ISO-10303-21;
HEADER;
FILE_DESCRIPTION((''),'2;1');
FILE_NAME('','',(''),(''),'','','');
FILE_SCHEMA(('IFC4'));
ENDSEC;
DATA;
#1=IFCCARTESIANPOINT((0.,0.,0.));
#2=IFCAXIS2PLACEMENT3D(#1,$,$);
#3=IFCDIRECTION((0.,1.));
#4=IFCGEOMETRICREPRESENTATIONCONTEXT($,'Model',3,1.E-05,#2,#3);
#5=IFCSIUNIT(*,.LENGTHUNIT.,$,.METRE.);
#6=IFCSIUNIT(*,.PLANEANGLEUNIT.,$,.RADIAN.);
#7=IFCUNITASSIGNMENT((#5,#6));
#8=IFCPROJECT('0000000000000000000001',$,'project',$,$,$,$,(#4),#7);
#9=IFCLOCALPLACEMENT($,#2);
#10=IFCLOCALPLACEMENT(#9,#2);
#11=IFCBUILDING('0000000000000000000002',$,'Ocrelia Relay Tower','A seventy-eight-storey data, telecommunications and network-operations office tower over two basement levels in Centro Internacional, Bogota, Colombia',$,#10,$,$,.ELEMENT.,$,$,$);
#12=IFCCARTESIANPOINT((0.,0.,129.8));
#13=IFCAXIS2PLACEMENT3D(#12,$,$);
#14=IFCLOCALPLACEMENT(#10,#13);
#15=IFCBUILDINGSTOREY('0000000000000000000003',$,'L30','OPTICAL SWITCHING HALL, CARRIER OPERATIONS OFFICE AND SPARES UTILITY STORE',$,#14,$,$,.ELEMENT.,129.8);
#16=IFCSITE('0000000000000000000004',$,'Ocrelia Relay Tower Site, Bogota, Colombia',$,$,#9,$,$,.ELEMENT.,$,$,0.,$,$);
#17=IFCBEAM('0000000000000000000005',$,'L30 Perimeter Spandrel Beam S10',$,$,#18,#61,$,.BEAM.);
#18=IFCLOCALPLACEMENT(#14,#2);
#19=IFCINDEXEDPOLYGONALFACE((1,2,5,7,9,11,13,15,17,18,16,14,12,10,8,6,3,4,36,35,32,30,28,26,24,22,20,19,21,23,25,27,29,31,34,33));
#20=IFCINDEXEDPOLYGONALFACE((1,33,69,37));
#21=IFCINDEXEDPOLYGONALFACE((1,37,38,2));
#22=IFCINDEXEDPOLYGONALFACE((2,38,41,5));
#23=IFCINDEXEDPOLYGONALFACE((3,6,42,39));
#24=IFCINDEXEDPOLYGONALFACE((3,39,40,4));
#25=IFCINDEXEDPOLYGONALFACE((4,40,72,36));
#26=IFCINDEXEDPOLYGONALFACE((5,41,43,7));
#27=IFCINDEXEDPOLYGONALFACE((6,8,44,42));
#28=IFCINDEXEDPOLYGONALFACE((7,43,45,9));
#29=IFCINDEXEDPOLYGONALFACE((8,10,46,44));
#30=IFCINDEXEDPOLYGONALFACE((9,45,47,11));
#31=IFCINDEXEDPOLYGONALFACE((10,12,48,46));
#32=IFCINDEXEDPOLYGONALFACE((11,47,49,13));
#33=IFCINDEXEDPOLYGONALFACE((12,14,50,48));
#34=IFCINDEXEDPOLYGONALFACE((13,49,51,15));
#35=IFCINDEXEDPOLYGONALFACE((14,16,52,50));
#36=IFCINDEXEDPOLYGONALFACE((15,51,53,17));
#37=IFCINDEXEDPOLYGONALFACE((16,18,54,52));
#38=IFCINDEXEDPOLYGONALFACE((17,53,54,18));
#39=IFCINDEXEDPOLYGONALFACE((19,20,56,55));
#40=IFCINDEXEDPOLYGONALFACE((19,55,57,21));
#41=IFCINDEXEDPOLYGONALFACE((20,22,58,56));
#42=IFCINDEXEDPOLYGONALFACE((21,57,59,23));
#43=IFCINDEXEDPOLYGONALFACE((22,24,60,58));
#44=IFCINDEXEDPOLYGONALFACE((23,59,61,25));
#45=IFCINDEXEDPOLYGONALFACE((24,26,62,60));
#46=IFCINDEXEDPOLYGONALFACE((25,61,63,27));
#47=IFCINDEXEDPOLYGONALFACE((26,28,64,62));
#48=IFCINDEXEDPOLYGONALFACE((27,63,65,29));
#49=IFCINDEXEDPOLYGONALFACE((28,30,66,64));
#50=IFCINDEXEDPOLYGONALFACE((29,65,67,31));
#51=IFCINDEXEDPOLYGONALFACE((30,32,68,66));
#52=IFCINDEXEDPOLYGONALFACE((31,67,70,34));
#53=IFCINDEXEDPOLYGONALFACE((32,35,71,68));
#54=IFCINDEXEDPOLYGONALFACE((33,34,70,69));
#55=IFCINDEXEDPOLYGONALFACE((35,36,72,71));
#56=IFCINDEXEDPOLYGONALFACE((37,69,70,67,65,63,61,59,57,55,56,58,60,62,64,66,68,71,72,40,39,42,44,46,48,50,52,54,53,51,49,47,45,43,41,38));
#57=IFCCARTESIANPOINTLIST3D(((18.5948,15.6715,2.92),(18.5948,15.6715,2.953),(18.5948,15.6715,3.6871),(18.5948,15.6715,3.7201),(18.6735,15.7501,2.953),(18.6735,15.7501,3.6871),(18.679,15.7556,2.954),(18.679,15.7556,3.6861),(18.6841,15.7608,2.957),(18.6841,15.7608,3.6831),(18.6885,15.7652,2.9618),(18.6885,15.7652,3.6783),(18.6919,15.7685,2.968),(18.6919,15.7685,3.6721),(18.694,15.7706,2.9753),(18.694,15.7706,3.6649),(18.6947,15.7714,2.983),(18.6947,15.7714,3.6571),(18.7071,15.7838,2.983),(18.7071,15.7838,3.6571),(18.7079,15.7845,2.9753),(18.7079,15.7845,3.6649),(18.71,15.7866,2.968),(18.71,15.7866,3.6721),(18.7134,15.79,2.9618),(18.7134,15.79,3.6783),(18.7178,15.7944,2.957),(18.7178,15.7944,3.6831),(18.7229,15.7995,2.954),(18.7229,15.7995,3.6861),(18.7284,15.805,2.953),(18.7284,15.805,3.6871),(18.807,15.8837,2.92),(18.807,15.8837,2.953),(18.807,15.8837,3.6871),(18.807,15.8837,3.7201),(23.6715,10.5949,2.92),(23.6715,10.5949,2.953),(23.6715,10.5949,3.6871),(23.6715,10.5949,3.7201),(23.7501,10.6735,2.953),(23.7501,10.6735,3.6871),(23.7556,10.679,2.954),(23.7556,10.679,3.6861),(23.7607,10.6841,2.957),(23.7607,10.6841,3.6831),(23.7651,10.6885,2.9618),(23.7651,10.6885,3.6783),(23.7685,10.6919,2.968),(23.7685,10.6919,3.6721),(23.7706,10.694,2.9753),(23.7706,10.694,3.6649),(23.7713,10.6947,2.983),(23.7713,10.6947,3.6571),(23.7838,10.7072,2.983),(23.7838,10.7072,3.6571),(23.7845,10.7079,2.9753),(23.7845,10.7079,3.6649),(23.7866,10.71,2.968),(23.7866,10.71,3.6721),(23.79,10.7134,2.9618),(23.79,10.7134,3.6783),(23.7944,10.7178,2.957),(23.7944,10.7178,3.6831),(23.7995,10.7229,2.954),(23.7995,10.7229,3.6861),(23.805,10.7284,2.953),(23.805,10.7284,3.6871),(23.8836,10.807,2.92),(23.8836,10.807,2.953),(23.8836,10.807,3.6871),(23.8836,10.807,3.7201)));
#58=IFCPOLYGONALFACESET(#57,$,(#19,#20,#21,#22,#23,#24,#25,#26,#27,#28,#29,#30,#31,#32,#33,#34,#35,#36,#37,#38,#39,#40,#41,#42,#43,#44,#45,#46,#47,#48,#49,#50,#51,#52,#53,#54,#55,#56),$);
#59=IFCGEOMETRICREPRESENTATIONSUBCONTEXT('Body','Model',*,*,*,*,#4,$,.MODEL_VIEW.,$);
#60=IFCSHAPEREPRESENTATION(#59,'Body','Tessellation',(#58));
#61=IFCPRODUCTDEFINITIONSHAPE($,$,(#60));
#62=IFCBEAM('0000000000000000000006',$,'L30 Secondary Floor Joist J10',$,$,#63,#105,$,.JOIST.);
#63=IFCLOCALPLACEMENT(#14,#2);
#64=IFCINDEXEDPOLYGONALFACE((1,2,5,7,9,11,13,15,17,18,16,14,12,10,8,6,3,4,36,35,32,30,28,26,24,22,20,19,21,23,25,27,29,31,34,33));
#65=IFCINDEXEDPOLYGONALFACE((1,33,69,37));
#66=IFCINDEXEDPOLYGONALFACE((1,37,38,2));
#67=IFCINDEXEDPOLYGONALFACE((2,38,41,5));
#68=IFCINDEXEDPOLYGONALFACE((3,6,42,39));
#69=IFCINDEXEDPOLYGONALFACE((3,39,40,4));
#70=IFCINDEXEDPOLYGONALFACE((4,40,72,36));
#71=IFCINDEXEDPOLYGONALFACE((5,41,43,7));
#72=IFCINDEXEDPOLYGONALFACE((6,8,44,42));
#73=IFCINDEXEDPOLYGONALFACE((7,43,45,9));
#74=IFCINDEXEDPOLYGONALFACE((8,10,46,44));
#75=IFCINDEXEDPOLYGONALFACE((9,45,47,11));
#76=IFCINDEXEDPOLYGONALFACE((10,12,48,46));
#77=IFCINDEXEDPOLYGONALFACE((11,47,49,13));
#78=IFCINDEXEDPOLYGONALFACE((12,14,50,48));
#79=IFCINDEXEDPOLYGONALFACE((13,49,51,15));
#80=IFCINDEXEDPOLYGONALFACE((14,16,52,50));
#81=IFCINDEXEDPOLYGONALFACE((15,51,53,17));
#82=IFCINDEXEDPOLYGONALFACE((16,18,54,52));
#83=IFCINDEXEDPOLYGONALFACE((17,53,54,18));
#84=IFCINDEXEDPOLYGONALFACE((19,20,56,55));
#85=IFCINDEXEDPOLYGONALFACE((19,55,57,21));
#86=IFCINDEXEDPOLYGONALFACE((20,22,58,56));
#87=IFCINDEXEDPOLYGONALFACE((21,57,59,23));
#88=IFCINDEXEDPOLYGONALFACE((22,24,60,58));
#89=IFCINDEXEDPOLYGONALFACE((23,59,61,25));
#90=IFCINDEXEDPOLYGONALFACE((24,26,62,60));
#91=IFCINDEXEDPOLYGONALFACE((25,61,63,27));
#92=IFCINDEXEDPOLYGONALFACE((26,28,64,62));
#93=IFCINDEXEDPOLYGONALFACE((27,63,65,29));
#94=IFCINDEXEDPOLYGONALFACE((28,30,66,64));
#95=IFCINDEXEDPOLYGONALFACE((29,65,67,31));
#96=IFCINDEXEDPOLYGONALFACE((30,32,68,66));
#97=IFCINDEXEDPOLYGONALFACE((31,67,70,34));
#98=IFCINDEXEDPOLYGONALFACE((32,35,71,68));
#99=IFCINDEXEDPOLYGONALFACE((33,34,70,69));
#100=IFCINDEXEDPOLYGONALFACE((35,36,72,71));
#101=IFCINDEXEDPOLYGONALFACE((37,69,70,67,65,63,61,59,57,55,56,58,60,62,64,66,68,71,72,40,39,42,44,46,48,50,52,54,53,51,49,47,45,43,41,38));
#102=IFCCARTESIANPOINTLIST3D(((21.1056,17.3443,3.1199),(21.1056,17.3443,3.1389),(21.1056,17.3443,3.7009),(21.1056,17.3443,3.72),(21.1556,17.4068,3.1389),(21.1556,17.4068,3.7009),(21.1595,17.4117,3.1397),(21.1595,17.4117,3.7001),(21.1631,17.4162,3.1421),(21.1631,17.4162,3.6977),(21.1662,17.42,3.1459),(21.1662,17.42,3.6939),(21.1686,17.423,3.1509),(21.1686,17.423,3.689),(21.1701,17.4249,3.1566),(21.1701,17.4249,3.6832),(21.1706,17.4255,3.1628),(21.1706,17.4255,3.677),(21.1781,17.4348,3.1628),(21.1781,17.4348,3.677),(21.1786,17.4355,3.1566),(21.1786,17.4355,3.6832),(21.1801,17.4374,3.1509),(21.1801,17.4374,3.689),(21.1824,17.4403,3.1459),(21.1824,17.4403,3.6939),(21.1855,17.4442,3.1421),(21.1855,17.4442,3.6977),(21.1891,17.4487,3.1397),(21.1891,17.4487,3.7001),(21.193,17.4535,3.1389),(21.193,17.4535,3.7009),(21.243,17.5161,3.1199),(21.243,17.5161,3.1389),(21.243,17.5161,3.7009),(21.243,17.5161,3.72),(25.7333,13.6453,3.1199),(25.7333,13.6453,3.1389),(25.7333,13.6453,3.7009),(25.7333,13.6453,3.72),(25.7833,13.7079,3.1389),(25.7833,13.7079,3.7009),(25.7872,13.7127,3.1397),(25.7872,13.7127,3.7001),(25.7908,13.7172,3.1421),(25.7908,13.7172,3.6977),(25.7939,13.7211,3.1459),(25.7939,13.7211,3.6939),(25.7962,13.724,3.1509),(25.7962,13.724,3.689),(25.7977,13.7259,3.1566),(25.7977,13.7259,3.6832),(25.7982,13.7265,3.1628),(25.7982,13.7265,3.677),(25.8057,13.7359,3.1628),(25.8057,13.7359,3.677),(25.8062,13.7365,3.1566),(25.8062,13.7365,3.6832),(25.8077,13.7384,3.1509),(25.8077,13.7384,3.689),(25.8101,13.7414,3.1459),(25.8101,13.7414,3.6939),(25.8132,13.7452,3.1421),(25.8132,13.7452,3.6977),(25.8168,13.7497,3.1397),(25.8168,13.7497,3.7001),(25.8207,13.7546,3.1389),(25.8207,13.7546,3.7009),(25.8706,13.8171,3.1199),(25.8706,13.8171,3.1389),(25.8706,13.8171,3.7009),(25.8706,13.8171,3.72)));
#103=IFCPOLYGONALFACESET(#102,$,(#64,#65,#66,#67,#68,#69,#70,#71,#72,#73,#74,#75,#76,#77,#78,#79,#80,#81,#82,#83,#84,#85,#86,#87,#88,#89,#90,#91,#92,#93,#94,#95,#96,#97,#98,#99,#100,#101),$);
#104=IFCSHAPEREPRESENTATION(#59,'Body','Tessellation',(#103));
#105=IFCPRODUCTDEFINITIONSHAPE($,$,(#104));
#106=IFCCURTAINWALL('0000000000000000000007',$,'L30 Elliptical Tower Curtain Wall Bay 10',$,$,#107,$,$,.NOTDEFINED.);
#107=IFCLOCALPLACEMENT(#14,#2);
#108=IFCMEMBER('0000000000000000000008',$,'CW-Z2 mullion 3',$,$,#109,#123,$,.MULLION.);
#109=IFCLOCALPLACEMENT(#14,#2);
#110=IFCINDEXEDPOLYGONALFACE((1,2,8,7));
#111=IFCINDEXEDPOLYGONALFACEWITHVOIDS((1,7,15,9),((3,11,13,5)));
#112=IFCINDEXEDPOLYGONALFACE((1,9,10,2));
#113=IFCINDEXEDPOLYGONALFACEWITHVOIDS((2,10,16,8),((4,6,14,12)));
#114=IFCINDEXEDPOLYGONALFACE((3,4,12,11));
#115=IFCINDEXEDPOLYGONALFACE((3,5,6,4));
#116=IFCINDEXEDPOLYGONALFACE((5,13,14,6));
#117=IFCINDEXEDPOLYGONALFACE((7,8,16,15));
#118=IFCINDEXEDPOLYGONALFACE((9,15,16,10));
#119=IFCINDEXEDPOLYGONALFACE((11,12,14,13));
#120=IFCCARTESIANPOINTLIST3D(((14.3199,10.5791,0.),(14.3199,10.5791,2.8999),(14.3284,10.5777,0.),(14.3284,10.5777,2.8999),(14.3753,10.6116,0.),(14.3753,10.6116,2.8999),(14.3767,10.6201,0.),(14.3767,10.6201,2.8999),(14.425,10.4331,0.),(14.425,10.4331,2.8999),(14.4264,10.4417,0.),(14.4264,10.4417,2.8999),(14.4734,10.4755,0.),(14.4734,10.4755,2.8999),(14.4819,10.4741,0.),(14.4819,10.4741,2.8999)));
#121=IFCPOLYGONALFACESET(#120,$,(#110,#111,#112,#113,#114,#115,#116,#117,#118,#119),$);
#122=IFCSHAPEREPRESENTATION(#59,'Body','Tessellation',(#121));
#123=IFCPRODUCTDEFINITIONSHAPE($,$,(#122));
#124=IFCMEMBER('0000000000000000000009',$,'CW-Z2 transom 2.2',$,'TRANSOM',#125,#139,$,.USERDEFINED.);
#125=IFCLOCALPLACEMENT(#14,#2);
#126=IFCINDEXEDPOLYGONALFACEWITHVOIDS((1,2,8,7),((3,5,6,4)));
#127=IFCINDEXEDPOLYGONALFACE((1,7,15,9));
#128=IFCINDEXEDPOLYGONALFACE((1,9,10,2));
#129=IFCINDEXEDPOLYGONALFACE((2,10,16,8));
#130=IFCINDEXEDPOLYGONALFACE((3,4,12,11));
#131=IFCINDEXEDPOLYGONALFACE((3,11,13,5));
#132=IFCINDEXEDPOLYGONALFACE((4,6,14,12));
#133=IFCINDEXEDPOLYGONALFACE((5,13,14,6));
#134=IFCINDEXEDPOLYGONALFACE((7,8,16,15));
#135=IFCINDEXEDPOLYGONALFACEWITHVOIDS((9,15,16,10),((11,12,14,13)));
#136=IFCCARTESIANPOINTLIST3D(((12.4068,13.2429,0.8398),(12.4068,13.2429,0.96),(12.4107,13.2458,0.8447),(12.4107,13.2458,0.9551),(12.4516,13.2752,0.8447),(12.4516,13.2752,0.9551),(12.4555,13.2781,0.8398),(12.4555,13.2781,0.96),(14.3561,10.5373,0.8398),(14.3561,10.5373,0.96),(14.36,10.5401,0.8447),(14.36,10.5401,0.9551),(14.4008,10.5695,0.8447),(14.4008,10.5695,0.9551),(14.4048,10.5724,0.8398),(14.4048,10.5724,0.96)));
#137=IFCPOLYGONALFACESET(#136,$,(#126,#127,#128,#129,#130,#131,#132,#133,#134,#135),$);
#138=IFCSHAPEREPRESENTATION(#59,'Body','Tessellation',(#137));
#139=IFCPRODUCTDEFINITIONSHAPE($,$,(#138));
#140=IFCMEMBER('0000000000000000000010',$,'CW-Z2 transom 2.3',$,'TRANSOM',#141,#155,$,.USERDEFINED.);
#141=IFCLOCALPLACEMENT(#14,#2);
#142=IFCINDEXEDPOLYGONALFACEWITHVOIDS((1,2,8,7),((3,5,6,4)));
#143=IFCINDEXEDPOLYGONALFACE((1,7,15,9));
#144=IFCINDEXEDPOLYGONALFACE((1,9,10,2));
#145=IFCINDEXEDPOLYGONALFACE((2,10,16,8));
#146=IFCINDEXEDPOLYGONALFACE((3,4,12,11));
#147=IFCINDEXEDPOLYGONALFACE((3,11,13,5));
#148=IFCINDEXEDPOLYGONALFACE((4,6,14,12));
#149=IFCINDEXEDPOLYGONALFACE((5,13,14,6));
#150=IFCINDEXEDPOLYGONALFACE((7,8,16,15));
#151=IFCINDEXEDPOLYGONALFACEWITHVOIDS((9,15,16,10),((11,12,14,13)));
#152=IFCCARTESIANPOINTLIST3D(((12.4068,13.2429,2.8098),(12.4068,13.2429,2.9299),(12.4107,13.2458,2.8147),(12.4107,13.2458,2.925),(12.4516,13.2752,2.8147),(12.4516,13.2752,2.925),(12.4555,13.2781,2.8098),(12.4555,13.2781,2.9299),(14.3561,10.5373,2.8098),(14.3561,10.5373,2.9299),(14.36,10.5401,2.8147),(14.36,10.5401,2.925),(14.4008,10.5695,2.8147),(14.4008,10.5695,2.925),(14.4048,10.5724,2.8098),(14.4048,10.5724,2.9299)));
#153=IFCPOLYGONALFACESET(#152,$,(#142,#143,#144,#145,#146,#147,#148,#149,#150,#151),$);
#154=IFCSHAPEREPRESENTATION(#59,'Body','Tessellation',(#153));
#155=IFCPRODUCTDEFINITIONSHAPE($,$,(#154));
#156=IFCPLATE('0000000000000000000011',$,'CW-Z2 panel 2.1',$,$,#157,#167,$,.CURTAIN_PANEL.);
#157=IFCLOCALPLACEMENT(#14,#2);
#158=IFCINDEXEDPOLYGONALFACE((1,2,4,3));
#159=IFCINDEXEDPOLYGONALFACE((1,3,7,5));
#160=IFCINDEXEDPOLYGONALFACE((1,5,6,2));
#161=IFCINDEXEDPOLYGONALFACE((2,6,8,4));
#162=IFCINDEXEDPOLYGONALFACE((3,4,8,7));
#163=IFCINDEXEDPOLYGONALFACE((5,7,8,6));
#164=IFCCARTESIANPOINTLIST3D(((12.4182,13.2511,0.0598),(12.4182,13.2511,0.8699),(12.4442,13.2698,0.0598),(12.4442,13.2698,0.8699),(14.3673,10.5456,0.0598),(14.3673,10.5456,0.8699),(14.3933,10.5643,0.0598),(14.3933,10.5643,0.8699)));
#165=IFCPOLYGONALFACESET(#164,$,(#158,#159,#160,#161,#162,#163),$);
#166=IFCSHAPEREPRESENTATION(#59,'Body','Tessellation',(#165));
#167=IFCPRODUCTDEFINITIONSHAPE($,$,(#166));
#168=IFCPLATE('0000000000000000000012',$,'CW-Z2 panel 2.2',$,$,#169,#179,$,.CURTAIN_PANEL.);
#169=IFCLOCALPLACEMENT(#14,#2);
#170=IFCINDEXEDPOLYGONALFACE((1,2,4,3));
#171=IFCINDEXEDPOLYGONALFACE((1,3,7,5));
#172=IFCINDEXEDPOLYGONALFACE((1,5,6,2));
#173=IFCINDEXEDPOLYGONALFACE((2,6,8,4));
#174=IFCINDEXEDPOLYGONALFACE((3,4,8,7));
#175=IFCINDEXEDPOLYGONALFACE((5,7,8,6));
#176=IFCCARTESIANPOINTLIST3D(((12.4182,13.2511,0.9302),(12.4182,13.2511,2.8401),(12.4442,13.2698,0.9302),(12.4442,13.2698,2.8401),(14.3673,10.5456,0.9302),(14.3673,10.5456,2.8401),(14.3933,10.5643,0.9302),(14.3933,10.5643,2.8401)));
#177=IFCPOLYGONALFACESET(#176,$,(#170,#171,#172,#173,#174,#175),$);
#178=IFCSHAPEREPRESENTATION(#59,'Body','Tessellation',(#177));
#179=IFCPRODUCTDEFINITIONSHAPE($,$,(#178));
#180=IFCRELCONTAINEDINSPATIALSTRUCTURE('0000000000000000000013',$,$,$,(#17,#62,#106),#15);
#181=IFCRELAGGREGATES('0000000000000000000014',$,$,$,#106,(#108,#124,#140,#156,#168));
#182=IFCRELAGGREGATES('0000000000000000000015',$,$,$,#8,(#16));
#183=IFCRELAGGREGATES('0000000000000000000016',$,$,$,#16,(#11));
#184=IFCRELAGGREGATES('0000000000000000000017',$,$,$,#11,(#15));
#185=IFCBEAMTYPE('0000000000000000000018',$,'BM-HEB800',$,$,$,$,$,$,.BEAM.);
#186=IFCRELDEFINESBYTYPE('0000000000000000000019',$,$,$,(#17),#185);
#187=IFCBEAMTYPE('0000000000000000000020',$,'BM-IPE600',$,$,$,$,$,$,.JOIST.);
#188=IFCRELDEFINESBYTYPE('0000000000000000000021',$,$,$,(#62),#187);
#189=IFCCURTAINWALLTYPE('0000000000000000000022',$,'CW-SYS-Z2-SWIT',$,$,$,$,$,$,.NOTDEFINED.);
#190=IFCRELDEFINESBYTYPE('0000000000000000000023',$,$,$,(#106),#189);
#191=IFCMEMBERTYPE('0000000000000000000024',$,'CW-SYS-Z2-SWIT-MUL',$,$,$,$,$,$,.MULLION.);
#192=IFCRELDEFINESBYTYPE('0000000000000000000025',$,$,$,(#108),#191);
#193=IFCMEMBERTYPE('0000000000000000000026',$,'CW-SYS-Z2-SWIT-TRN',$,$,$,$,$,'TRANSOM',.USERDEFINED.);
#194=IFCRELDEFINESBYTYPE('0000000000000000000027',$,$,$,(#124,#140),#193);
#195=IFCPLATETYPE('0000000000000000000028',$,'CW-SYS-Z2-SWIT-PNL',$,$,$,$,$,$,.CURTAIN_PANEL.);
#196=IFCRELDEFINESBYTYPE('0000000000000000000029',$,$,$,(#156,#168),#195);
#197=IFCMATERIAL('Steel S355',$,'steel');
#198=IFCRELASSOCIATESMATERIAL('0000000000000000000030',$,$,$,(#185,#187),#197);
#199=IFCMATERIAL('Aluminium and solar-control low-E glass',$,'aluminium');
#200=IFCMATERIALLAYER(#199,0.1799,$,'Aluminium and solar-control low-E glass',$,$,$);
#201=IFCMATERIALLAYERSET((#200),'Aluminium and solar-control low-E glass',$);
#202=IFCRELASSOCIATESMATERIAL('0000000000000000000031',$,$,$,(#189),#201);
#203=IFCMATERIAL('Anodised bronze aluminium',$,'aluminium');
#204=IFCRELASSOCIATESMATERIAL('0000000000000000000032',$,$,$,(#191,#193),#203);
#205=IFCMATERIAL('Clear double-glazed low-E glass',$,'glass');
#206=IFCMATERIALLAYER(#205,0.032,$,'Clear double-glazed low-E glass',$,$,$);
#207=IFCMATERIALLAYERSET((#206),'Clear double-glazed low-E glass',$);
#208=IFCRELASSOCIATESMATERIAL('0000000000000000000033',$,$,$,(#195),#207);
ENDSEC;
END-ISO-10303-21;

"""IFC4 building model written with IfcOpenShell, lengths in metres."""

from ifc_helpers import new_model, si_unit, direction, frame, origin, origin_2d, place, context, subcontext, project, spatial, rectangle, hollow_rectangle, i_section, extrude, material, layer, layer_set, material_profile, profile_set, type_object, element, aggregate, save


model = new_model("IFC4")

# Units and contexts
model_context = context("Model", 3, precision=1e-05, world=origin(), true_north=direction((0.0, 1.0)))
body_context = subcontext(model_context, "Body", "Model", "MODEL_VIEW")
ifc_project = project(units=[si_unit("LENGTHUNIT", "METRE"), si_unit("PLANEANGLEUNIT", "RADIAN")], contexts=[model_context])

# Site, building, storey
site_placement = place(None, origin())
site = spatial("IfcSite", under=ifc_project, at=site_placement, Name="Ocrelia Relay Tower Site, Bogota, Colombia", CompositionType="ELEMENT", RefElevation=0.0)
building_placement = place(site_placement, origin())
building = spatial("IfcBuilding", under=site, at=building_placement, Name="Ocrelia Relay Tower", Description="A seventy-eight-storey data, telecommunications and network-operations office tower over two basement levels in Centro Internacional, Bogota, Colombia", CompositionType="ELEMENT")
storey_placement = place(building_placement, frame((0.0, 0.0, 129.8)))
storey = spatial("IfcBuildingStorey", under=building, at=storey_placement, Name="L30", Description="OPTICAL SWITCHING HALL, CARRIER OPERATIONS OFFICE AND SPARES UTILITY STORE", CompositionType="ELEMENT", Elevation=129.8)

# Beams
ifc_material_1 = material(Name="Steel S355", Category="steel")
ifc_material_profile_1 = material_profile(ifc_material_1, i_section(OverallWidth=0.3, OverallDepth=0.8, WebThickness=0.0176, FlangeThickness=0.033, FilletRadius=0.03, at=origin_2d()), Name="HEB 800")
ifc_profile_set_1 = profile_set([ifc_material_profile_1], Name="Steel S355")
beam_type_1 = type_object("IfcBeamType", Name="BM-HEB800", PredefinedType="BEAM", material=ifc_profile_set_1)
beam_1_placement = place(storey_placement, frame((18.7009, 15.7776, 3.3201), z_axis=(0.707107, -0.707107, 0.0), x_axis=(0.707107, 0.707107, 0.0)))
element("IfcBeam", 1, at=beam_1_placement, inside=storey, type_object=beam_type_1, Name="L30 Perimeter Spandrel Beam S10", PredefinedType="BEAM", context=body_context, shape_type="SweptSolid", body=[
    extrude(i_section(OverallWidth=0.3, OverallDepth=0.8, WebThickness=0.0176, FlangeThickness=0.033, FilletRadius=0.03, at=origin_2d()), origin(), (0.0, 0.0, 1.0), 7.1794),
])
ifc_material_profile_2 = material_profile(ifc_material_1, i_section(OverallWidth=0.22, OverallDepth=0.6001, WebThickness=0.012, FlangeThickness=0.019, FilletRadius=0.0239, at=origin_2d()), Name="IPE 600")
ifc_profile_set_2 = profile_set([ifc_material_profile_2], Name="Steel S355")
beam_type_2 = type_object("IfcBeamType", Name="BM-IPE600", PredefinedType="JOIST", material=ifc_profile_set_2)
beam_2_placement = place(storey_placement, frame((21.1743, 17.4302, 3.4199), z_axis=(0.78113, -0.624368, 0.0), x_axis=(0.624368, 0.78113, 0.0)))
element("IfcBeam", 2, at=beam_2_placement, inside=storey, type_object=beam_type_2, Name="L30 Secondary Floor Joist J10", PredefinedType="JOIST", context=body_context, shape_type="SweptSolid", body=[
    extrude(i_section(OverallWidth=0.22, OverallDepth=0.6001, WebThickness=0.012, FlangeThickness=0.019, FilletRadius=0.0239, at=origin_2d()), origin(), (0.0, 0.0, 1.0), 5.9243),
])

# Curtain wall, members, plates
ifc_material_2 = material(Name="Aluminium and solar-control low-E glass", Category="aluminium")
ifc_layer_1 = layer(ifc_material_2, 0.1799, Name="Aluminium and solar-control low-E glass")
ifc_layer_set_1 = layer_set([ifc_layer_1], Name="Aluminium and solar-control low-E glass")
curtain_wall_type = type_object("IfcCurtainWallType", Name="CW-SYS-Z2-SWIT", PredefinedType="NOTDEFINED", material=ifc_layer_set_1)
curtain_wall_placement = place(storey_placement, origin())
curtain_wall = element("IfcCurtainWall", 3, at=curtain_wall_placement, inside=storey, type_object=curtain_wall_type, Name="L30 Elliptical Tower Curtain Wall Bay 10", PredefinedType="NOTDEFINED")
ifc_material_3 = material(Name="Anodised bronze aluminium", Category="aluminium")
ifc_material_profile_3 = material_profile(ifc_material_3, hollow_rectangle(XDim=0.0701, YDim=0.1799, WallThickness=0.0061, at=origin_2d()), Name="CW-MUL-180x70")
ifc_profile_set_3 = profile_set([ifc_material_profile_3], Name="Anodised bronze aluminium")
member_type_1 = type_object("IfcMemberType", Name="CW-SYS-Z2-SWIT-MUL", PredefinedType="MULLION", material=ifc_profile_set_3)
member_1_placement = place(storey_placement, frame((14.4009, 10.5266, 0.0), z_axis=(0.0, 0.0, 1.0), x_axis=(0.811374, 0.584527, 0.0)))
member_1 = element("IfcMember", 4, at=member_1_placement, type_object=member_type_1, Name="CW-Z2 mullion 3", PredefinedType="MULLION", context=body_context, shape_type="SweptSolid", body=[
    extrude(hollow_rectangle(XDim=0.0701, YDim=0.1799, WallThickness=0.0061, at=origin_2d()), origin(), (0.0, 0.0, 1.0), 2.8999),
])
ifc_material_profile_4 = material_profile(ifc_material_3, hollow_rectangle(XDim=0.0601, YDim=0.1201, WallThickness=0.0049, at=origin_2d()), Name="CW-TRN-120x60")
ifc_profile_set_4 = profile_set([ifc_material_profile_4], Name="Anodised bronze aluminium")
member_type_2 = type_object("IfcMemberType", Name="CW-SYS-Z2-SWIT-TRN", ElementType="TRANSOM", PredefinedType="USERDEFINED", material=ifc_profile_set_4)
member_2_placement = place(storey_placement, frame((12.4312, 13.2605, 0.8999), z_axis=(0.584544, -0.811362, 0.0), x_axis=(0.811362, 0.584544, 0.0)))
member_2 = element("IfcMember", 5, at=member_2_placement, type_object=member_type_2, Name="CW-Z2 transom 2.2", ObjectType="TRANSOM", PredefinedType="USERDEFINED", context=body_context, shape_type="SweptSolid", body=[
    extrude(hollow_rectangle(XDim=0.0601, YDim=0.1201, WallThickness=0.0049, at=origin_2d()), origin(), (0.0, 0.0, 1.0), 3.3347),
])
member_3_placement = place(storey_placement, frame((12.4312, 13.2605, 2.8699), z_axis=(0.584544, -0.811362, 0.0), x_axis=(0.811362, 0.584544, 0.0)))
member_3 = element("IfcMember", 6, at=member_3_placement, type_object=member_type_2, Name="CW-Z2 transom 2.3", ObjectType="TRANSOM", PredefinedType="USERDEFINED", context=body_context, shape_type="SweptSolid", body=[
    extrude(hollow_rectangle(XDim=0.0601, YDim=0.1201, WallThickness=0.0049, at=origin_2d()), origin(), (0.0, 0.0, 1.0), 3.3347),
])
ifc_material_4 = material(Name="Clear double-glazed low-E glass", Category="glass")
ifc_layer_2 = layer(ifc_material_4, 0.032, Name="Clear double-glazed low-E glass")
ifc_layer_set_2 = layer_set([ifc_layer_2], Name="Clear double-glazed low-E glass")
plate_type = type_object("IfcPlateType", Name="CW-SYS-Z2-SWIT-PNL", PredefinedType="CURTAIN_PANEL", material=ifc_layer_set_2)
plate_1_placement = place(storey_placement, frame((13.4058, 11.9077, 0.0598), z_axis=(0.0, 0.0, 1.0), x_axis=(0.584527, -0.811374, 0.0)))
plate_1 = element("IfcPlate", 7, at=plate_1_placement, type_object=plate_type, Name="CW-Z2 panel 2.1", PredefinedType="CURTAIN_PANEL", context=body_context, shape_type="SweptSolid", body=[
    extrude(rectangle(XDim=3.3345, YDim=0.032, at=origin_2d()), origin(), (0.0, 0.0, 1.0), 0.8101),
])
plate_2_placement = place(storey_placement, frame((13.4058, 11.9077, 0.9302), z_axis=(0.0, 0.0, 1.0), x_axis=(0.584527, -0.811374, 0.0)))
plate_2 = element("IfcPlate", 8, at=plate_2_placement, type_object=plate_type, Name="CW-Z2 panel 2.2", PredefinedType="CURTAIN_PANEL", context=body_context, shape_type="SweptSolid", body=[
    extrude(rectangle(XDim=3.3345, YDim=0.032, at=origin_2d()), origin(), (0.0, 0.0, 1.0), 1.9099),
])
aggregate(curtain_wall, [member_1, member_2, member_3, plate_1, plate_2])

save(model, "model.ifc")
